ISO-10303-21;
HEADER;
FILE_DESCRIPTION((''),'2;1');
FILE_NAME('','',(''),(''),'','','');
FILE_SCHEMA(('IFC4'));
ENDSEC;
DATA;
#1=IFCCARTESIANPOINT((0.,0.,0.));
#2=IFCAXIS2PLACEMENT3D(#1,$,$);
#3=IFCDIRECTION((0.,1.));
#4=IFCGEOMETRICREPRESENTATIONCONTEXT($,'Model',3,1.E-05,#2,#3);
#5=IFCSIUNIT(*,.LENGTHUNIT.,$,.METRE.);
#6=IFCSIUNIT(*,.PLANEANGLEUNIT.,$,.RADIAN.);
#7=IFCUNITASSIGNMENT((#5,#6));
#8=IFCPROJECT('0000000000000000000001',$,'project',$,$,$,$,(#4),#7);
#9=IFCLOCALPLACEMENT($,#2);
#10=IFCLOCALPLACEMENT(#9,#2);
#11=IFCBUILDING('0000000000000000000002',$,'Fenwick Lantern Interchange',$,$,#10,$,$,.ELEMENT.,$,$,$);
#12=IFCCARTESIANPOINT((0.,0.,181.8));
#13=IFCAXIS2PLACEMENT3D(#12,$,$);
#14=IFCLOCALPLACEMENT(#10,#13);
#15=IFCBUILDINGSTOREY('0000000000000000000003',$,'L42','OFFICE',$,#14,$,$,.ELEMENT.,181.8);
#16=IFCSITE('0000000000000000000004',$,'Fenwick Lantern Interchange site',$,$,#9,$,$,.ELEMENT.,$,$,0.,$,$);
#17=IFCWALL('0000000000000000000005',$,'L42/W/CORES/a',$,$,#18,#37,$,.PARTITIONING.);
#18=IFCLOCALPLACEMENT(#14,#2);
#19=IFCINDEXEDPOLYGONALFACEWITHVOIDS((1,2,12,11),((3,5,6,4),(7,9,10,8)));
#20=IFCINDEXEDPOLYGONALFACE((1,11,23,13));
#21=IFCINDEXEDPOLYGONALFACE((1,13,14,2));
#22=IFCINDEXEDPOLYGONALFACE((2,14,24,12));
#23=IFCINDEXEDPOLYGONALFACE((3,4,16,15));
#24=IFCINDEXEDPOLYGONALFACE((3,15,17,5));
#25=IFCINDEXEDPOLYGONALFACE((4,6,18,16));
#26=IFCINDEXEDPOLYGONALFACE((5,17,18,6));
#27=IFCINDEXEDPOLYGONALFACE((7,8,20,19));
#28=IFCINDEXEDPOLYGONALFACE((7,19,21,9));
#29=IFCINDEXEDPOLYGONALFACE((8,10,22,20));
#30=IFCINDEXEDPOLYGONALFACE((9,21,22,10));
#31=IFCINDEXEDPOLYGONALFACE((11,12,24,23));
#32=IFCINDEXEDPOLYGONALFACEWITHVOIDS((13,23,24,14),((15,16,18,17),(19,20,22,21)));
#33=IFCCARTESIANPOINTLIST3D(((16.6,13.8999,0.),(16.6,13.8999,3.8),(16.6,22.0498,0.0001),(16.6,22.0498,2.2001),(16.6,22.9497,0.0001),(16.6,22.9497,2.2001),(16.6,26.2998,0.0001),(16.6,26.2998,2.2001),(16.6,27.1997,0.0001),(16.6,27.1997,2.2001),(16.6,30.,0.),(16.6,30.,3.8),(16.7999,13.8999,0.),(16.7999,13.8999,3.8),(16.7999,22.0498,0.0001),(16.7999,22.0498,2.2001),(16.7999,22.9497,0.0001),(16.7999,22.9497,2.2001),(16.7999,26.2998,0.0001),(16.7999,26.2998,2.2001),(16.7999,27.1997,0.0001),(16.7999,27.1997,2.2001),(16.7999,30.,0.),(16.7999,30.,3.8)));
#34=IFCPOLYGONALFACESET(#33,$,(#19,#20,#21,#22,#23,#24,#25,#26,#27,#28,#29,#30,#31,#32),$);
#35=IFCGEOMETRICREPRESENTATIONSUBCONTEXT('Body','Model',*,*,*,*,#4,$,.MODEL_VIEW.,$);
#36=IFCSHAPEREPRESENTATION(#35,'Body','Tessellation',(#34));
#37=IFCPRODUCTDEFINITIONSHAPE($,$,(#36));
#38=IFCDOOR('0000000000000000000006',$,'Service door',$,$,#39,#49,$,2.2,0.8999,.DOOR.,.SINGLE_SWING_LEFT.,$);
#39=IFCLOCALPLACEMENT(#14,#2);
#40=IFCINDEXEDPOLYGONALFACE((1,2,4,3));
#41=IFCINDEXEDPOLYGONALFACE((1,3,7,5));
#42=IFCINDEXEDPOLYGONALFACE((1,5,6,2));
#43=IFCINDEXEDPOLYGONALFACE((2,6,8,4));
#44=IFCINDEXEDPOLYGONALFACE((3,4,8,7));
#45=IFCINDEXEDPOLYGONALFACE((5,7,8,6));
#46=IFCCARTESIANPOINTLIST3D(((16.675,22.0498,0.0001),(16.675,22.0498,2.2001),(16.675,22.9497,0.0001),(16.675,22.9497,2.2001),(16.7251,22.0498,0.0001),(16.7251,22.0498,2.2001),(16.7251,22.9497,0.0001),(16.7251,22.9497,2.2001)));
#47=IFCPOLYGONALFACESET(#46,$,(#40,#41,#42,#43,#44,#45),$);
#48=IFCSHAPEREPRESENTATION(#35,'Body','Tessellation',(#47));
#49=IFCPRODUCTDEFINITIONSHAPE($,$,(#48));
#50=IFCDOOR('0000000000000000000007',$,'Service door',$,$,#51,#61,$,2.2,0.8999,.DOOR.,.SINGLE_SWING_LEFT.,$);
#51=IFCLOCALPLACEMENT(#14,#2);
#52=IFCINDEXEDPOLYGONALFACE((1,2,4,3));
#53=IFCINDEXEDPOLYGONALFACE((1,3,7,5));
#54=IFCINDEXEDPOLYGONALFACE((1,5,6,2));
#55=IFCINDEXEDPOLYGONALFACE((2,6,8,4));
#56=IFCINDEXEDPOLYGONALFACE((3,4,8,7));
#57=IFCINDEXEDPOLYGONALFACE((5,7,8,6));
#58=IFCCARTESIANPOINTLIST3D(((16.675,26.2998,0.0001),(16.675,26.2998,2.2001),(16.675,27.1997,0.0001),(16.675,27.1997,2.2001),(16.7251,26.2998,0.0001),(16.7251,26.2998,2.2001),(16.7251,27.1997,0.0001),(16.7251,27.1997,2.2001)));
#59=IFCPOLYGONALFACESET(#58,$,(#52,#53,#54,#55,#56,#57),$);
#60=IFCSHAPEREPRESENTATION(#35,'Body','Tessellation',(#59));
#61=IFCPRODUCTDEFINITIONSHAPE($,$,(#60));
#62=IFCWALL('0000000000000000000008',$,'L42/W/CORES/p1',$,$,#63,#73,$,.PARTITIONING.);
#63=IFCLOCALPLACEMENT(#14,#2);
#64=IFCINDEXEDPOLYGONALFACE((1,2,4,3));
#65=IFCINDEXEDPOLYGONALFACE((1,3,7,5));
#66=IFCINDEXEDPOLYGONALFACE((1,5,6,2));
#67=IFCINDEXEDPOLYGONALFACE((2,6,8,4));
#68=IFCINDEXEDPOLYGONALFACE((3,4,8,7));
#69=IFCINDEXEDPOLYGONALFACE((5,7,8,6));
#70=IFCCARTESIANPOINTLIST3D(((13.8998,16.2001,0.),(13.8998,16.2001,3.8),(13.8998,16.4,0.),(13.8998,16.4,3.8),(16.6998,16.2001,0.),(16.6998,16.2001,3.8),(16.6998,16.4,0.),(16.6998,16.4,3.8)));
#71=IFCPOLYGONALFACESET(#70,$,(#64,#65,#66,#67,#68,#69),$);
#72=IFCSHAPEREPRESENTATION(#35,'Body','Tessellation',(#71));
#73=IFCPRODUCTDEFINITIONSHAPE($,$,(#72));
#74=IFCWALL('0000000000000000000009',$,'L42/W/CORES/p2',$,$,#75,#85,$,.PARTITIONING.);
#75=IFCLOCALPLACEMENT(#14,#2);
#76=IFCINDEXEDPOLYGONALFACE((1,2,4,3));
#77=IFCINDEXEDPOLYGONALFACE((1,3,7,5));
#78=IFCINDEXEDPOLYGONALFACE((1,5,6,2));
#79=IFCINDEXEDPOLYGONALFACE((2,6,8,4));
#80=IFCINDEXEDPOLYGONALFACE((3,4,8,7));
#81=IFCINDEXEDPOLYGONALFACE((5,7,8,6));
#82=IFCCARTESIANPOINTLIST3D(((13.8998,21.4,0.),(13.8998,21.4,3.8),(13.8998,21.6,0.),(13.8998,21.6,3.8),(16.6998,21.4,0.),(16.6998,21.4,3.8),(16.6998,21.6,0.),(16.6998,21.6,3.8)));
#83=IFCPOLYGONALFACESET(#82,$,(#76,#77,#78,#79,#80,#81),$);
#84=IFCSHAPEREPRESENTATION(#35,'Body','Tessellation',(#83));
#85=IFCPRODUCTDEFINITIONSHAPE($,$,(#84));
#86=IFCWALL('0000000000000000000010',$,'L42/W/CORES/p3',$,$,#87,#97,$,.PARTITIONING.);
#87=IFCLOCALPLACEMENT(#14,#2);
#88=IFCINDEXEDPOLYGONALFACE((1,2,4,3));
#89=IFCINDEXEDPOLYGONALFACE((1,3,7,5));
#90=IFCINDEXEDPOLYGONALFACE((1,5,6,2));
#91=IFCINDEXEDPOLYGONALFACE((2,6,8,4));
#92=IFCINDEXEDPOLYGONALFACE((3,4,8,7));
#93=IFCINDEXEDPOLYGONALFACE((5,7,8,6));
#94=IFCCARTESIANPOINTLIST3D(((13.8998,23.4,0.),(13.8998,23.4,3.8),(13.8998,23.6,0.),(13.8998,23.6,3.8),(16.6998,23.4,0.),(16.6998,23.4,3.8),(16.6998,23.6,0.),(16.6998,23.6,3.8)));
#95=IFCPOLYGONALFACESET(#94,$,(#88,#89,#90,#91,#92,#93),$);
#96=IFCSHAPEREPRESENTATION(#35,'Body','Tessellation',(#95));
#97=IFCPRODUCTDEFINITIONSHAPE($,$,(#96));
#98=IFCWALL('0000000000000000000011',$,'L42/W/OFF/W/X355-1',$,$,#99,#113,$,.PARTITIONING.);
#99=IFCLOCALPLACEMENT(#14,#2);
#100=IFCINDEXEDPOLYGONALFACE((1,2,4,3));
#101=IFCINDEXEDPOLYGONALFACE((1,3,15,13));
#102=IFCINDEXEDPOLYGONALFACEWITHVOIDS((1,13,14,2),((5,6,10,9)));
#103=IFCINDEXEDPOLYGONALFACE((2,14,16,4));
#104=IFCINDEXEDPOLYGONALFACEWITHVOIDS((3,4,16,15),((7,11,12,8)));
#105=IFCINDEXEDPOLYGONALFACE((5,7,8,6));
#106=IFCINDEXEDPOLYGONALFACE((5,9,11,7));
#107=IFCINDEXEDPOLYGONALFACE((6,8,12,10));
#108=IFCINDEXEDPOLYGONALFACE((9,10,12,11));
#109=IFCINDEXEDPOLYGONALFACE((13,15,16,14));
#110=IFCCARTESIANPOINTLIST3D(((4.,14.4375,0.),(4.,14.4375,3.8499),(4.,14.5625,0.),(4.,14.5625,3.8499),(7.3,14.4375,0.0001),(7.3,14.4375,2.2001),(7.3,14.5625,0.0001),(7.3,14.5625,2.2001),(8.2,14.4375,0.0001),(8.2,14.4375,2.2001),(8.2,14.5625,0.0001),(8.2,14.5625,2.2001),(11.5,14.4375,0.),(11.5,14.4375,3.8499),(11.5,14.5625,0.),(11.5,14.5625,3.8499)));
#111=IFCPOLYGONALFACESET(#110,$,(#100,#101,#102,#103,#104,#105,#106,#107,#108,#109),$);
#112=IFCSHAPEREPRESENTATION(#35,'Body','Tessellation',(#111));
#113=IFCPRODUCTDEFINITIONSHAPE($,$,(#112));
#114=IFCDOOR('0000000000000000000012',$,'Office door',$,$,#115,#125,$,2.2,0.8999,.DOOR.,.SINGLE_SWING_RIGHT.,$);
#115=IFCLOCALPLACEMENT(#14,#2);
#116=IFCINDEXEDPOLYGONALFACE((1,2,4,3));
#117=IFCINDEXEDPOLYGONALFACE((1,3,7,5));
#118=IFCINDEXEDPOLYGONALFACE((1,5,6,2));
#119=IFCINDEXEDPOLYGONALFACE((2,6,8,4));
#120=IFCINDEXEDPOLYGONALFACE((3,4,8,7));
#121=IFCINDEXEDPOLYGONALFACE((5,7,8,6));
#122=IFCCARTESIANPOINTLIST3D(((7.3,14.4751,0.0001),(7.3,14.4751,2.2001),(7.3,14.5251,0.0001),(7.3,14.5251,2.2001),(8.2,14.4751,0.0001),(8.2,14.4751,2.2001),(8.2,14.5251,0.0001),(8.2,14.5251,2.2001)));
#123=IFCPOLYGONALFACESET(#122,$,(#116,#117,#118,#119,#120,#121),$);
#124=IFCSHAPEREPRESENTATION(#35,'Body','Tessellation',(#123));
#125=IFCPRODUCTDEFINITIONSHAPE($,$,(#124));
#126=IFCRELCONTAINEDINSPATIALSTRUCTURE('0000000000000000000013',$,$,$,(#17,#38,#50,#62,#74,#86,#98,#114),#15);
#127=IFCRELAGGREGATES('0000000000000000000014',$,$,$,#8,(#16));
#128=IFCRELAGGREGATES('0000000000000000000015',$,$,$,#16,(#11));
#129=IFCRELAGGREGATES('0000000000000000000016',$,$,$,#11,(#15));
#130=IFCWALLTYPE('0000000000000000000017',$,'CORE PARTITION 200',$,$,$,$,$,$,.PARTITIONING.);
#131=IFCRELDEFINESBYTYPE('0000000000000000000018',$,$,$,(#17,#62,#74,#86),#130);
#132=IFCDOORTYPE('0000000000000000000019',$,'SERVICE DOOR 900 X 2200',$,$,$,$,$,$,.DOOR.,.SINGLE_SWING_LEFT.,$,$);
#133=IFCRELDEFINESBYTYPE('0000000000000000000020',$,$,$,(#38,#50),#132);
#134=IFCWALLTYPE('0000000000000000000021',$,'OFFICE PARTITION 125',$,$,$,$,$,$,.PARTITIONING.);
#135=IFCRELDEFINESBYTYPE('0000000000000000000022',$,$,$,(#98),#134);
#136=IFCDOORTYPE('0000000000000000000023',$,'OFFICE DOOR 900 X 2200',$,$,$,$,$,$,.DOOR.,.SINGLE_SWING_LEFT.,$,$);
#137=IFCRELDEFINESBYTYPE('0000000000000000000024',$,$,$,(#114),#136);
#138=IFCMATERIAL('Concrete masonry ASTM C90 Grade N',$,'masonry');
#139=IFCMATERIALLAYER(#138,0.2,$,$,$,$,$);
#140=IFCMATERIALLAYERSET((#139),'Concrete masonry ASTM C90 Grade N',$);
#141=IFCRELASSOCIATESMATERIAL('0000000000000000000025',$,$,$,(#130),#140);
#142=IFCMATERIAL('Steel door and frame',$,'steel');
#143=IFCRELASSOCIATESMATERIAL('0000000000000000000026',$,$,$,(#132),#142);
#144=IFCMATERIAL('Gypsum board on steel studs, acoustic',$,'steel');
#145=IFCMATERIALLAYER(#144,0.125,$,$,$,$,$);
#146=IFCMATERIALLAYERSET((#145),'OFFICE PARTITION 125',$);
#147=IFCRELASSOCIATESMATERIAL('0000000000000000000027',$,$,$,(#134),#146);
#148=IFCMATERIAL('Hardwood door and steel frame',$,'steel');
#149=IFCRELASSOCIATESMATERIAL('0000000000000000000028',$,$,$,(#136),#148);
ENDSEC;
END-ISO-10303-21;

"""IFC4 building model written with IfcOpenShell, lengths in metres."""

from ifc_helpers import new_model, si_unit, direction, frame, frame_2d, origin, place, context, subcontext, project, spatial, rectangle, extrude, material, layer, layer_set, type_object, element, fill, save


model = new_model("IFC4")

# Units and contexts
model_context = context("Model", 3, precision=1e-05, world=origin(), true_north=direction((0.0, 1.0)))
body_context = subcontext(model_context, "Body", "Model", "MODEL_VIEW")
ifc_project = project(units=[si_unit("LENGTHUNIT", "METRE"), si_unit("PLANEANGLEUNIT", "RADIAN")], contexts=[model_context])

# Site, building, storey
site_placement = place(None, origin())
site = spatial("IfcSite", under=ifc_project, at=site_placement, Name="Fenwick Lantern Interchange site", CompositionType="ELEMENT", RefElevation=0.0)
building_placement = place(site_placement, origin())
building = spatial("IfcBuilding", under=site, at=building_placement, Name="Fenwick Lantern Interchange", CompositionType="ELEMENT")
storey_placement = place(building_placement, frame((0.0, 0.0, 181.8)))
storey = spatial("IfcBuildingStorey", under=building, at=storey_placement, Name="L42", Description="OFFICE", CompositionType="ELEMENT", Elevation=181.8)

# Wall, openings, doors
ifc_material_1 = material(Name="Concrete masonry ASTM C90 Grade N", Category="masonry")
ifc_layer_1 = layer(ifc_material_1, 0.2)
ifc_layer_set_1 = layer_set([ifc_layer_1], Name="Concrete masonry ASTM C90 Grade N")
wall_type_1 = type_object("IfcWallType", Name="CORE PARTITION 200", PredefinedType="PARTITIONING", material=ifc_layer_set_1)
wall_1_placement = place(storey_placement, frame((16.7, 13.8999, 0.0), z_axis=(0.0, 0.0, 1.0), x_axis=(0.0, 1.0, 0.0)))
wall_1 = element("IfcWall", 1, at=wall_1_placement, inside=storey, type_object=wall_type_1, Name="L42/W/CORES/a", PredefinedType="PARTITIONING", context=body_context, shape_type="SweptSolid", body=[
    extrude(rectangle(XDim=16.1001, YDim=0.2, at=frame_2d((8.05, 0.0))), origin(), (0.0, 0.0, 1.0), 3.8),
])
opening_1_placement = place(wall_1_placement, frame((8.1499, 0.0, 0.0)))
opening_1 = element("IfcOpeningElement", 2, at=opening_1_placement, cuts=wall_1, PredefinedType="OPENING", context=body_context, shape_type="SweptSolid", body=[
    extrude(rectangle(XDim=0.8999, YDim=2.2, at=frame_2d((0.45, 1.1001))), frame((0.0, 0.1099, 0.0), z_axis=(0.0, -1.0, 0.0), x_axis=(1.0, 0.0, 0.0)), (0.0, 0.0, 1.0), 0.22),
])
opening_2_placement = place(wall_1_placement, frame((12.3999, 0.0, 0.0)))
opening_2 = element("IfcOpeningElement", 3, at=opening_2_placement, cuts=wall_1, PredefinedType="OPENING", context=body_context, shape_type="SweptSolid", body=[
    extrude(rectangle(XDim=0.8999, YDim=2.2, at=frame_2d((0.45, 1.1001))), frame((0.0, 0.1099, 0.0), z_axis=(0.0, -1.0, 0.0), x_axis=(1.0, 0.0, 0.0)), (0.0, 0.0, 1.0), 0.22),
])
ifc_material_2 = material(Name="Steel door and frame", Category="steel")
door_type_1 = type_object("IfcDoorType", Name="SERVICE DOOR 900 X 2200", OperationType="SINGLE_SWING_LEFT", PredefinedType="DOOR", material=ifc_material_2)
door_1_placement = place(opening_1_placement, origin())
door_1 = element("IfcDoor", 4, at=door_1_placement, inside=storey, type_object=door_type_1, Name="Service door", OperationType="SINGLE_SWING_LEFT", OverallHeight=2.2, OverallWidth=0.8999, PredefinedType="DOOR", context=body_context, shape_type="SweptSolid", body=[
    extrude(rectangle(XDim=0.8999, YDim=2.2, at=frame_2d((0.45, 1.1001))), frame((0.0, 0.0249, 0.0), z_axis=(0.0, -1.0, 0.0), x_axis=(1.0, 0.0, 0.0)), (0.0, 0.0, 1.0), 0.05),
])
fill(opening_1, door_1)
door_2_placement = place(opening_2_placement, origin())
door_2 = element("IfcDoor", 5, at=door_2_placement, inside=storey, type_object=door_type_1, Name="Service door", OperationType="SINGLE_SWING_LEFT", OverallHeight=2.2, OverallWidth=0.8999, PredefinedType="DOOR", context=body_context, shape_type="SweptSolid", body=[
    extrude(rectangle(XDim=0.8999, YDim=2.2, at=frame_2d((0.45, 1.1001))), frame((0.0, 0.0249, 0.0), z_axis=(0.0, -1.0, 0.0), x_axis=(1.0, 0.0, 0.0)), (0.0, 0.0, 1.0), 0.05),
])
fill(opening_2, door_2)

# Walls
for number, where, z_axis, x_axis, name in (
    (6, (13.8999, 16.3, 0.0), (0.0, 0.0, 1.0), (1.0, 0.0, 0.0), "L42/W/CORES/p1"),
    (7, (13.8999, 21.5, 0.0), (0.0, 0.0, 1.0), (1.0, 0.0, 0.0), "L42/W/CORES/p2"),
    (8, (13.8999, 23.5, 0.0), (0.0, 0.0, 1.0), (1.0, 0.0, 0.0), "L42/W/CORES/p3"),
):
    element("IfcWall", number, at=place(storey_placement, frame(where, z_axis=z_axis, x_axis=x_axis)), inside=storey, type_object=wall_type_1, Name=name, PredefinedType="PARTITIONING", context=body_context, shape_type="SweptSolid", body=[
        extrude(rectangle(XDim=2.8, YDim=0.2, at=frame_2d((1.3999, 0.0))), origin(), (0.0, 0.0, 1.0), 3.8),
    ])

# Shared definitions
ifc_material_3 = material(Name="Hardwood door and steel frame", Category="steel")

# Wall, opening, door
ifc_material_4 = material(Name="Gypsum board on steel studs, acoustic", Category="steel")
ifc_layer_2 = layer(ifc_material_4, 0.125)
ifc_layer_set_2 = layer_set([ifc_layer_2], Name="OFFICE PARTITION 125")
wall_type_2 = type_object("IfcWallType", Name="OFFICE PARTITION 125", PredefinedType="PARTITIONING", material=ifc_layer_set_2)
wall_2_placement = place(storey_placement, frame((4.0, 14.5, 0.0), z_axis=(0.0, 0.0, 1.0), x_axis=(1.0, 0.0, 0.0)))
wall_2 = element("IfcWall", 9, at=wall_2_placement, inside=storey, type_object=wall_type_2, Name="L42/W/OFF/W/X355-1", PredefinedType="PARTITIONING", context=body_context, shape_type="SweptSolid", body=[
    extrude(rectangle(XDim=7.5, YDim=0.125, at=frame_2d((3.75, 0.0))), origin(), (0.0, 0.0, 1.0), 3.8499),
])
opening_3_placement = place(wall_2_placement, frame((3.3, 0.0, 0.0)))
opening_3 = element("IfcOpeningElement", 10, at=opening_3_placement, cuts=wall_2, PredefinedType="OPENING", context=body_context, shape_type="SweptSolid", body=[
    extrude(rectangle(XDim=0.8999, YDim=2.2, at=frame_2d((0.45, 1.1001))), frame((0.0, 0.0725, 0.0), z_axis=(0.0, -1.0, 0.0), x_axis=(1.0, 0.0, 0.0)), (0.0, 0.0, 1.0), 0.145),
])
door_type_2 = type_object("IfcDoorType", Name="OFFICE DOOR 900 X 2200", OperationType="SINGLE_SWING_LEFT", PredefinedType="DOOR", material=ifc_material_3)
door_3_placement = place(opening_3_placement, frame((0.8999, 0.0, 0.0), z_axis=(0.0, 0.0, 1.0), x_axis=(-1.0, 0.0, 0.0)))
door_3 = element("IfcDoor", 11, at=door_3_placement, inside=storey, type_object=door_type_2, Name="Office door", OperationType="SINGLE_SWING_RIGHT", OverallHeight=2.2, OverallWidth=0.8999, PredefinedType="DOOR", context=body_context, shape_type="SweptSolid", body=[
    extrude(rectangle(XDim=0.8999, YDim=2.2, at=frame_2d((0.45, 1.1001))), frame((0.0, 0.0249, 0.0), z_axis=(0.0, -1.0, 0.0), x_axis=(1.0, 0.0, 0.0)), (0.0, 0.0, 1.0), 0.05),
])
fill(opening_3, door_3)

save(model, "model.ifc")
